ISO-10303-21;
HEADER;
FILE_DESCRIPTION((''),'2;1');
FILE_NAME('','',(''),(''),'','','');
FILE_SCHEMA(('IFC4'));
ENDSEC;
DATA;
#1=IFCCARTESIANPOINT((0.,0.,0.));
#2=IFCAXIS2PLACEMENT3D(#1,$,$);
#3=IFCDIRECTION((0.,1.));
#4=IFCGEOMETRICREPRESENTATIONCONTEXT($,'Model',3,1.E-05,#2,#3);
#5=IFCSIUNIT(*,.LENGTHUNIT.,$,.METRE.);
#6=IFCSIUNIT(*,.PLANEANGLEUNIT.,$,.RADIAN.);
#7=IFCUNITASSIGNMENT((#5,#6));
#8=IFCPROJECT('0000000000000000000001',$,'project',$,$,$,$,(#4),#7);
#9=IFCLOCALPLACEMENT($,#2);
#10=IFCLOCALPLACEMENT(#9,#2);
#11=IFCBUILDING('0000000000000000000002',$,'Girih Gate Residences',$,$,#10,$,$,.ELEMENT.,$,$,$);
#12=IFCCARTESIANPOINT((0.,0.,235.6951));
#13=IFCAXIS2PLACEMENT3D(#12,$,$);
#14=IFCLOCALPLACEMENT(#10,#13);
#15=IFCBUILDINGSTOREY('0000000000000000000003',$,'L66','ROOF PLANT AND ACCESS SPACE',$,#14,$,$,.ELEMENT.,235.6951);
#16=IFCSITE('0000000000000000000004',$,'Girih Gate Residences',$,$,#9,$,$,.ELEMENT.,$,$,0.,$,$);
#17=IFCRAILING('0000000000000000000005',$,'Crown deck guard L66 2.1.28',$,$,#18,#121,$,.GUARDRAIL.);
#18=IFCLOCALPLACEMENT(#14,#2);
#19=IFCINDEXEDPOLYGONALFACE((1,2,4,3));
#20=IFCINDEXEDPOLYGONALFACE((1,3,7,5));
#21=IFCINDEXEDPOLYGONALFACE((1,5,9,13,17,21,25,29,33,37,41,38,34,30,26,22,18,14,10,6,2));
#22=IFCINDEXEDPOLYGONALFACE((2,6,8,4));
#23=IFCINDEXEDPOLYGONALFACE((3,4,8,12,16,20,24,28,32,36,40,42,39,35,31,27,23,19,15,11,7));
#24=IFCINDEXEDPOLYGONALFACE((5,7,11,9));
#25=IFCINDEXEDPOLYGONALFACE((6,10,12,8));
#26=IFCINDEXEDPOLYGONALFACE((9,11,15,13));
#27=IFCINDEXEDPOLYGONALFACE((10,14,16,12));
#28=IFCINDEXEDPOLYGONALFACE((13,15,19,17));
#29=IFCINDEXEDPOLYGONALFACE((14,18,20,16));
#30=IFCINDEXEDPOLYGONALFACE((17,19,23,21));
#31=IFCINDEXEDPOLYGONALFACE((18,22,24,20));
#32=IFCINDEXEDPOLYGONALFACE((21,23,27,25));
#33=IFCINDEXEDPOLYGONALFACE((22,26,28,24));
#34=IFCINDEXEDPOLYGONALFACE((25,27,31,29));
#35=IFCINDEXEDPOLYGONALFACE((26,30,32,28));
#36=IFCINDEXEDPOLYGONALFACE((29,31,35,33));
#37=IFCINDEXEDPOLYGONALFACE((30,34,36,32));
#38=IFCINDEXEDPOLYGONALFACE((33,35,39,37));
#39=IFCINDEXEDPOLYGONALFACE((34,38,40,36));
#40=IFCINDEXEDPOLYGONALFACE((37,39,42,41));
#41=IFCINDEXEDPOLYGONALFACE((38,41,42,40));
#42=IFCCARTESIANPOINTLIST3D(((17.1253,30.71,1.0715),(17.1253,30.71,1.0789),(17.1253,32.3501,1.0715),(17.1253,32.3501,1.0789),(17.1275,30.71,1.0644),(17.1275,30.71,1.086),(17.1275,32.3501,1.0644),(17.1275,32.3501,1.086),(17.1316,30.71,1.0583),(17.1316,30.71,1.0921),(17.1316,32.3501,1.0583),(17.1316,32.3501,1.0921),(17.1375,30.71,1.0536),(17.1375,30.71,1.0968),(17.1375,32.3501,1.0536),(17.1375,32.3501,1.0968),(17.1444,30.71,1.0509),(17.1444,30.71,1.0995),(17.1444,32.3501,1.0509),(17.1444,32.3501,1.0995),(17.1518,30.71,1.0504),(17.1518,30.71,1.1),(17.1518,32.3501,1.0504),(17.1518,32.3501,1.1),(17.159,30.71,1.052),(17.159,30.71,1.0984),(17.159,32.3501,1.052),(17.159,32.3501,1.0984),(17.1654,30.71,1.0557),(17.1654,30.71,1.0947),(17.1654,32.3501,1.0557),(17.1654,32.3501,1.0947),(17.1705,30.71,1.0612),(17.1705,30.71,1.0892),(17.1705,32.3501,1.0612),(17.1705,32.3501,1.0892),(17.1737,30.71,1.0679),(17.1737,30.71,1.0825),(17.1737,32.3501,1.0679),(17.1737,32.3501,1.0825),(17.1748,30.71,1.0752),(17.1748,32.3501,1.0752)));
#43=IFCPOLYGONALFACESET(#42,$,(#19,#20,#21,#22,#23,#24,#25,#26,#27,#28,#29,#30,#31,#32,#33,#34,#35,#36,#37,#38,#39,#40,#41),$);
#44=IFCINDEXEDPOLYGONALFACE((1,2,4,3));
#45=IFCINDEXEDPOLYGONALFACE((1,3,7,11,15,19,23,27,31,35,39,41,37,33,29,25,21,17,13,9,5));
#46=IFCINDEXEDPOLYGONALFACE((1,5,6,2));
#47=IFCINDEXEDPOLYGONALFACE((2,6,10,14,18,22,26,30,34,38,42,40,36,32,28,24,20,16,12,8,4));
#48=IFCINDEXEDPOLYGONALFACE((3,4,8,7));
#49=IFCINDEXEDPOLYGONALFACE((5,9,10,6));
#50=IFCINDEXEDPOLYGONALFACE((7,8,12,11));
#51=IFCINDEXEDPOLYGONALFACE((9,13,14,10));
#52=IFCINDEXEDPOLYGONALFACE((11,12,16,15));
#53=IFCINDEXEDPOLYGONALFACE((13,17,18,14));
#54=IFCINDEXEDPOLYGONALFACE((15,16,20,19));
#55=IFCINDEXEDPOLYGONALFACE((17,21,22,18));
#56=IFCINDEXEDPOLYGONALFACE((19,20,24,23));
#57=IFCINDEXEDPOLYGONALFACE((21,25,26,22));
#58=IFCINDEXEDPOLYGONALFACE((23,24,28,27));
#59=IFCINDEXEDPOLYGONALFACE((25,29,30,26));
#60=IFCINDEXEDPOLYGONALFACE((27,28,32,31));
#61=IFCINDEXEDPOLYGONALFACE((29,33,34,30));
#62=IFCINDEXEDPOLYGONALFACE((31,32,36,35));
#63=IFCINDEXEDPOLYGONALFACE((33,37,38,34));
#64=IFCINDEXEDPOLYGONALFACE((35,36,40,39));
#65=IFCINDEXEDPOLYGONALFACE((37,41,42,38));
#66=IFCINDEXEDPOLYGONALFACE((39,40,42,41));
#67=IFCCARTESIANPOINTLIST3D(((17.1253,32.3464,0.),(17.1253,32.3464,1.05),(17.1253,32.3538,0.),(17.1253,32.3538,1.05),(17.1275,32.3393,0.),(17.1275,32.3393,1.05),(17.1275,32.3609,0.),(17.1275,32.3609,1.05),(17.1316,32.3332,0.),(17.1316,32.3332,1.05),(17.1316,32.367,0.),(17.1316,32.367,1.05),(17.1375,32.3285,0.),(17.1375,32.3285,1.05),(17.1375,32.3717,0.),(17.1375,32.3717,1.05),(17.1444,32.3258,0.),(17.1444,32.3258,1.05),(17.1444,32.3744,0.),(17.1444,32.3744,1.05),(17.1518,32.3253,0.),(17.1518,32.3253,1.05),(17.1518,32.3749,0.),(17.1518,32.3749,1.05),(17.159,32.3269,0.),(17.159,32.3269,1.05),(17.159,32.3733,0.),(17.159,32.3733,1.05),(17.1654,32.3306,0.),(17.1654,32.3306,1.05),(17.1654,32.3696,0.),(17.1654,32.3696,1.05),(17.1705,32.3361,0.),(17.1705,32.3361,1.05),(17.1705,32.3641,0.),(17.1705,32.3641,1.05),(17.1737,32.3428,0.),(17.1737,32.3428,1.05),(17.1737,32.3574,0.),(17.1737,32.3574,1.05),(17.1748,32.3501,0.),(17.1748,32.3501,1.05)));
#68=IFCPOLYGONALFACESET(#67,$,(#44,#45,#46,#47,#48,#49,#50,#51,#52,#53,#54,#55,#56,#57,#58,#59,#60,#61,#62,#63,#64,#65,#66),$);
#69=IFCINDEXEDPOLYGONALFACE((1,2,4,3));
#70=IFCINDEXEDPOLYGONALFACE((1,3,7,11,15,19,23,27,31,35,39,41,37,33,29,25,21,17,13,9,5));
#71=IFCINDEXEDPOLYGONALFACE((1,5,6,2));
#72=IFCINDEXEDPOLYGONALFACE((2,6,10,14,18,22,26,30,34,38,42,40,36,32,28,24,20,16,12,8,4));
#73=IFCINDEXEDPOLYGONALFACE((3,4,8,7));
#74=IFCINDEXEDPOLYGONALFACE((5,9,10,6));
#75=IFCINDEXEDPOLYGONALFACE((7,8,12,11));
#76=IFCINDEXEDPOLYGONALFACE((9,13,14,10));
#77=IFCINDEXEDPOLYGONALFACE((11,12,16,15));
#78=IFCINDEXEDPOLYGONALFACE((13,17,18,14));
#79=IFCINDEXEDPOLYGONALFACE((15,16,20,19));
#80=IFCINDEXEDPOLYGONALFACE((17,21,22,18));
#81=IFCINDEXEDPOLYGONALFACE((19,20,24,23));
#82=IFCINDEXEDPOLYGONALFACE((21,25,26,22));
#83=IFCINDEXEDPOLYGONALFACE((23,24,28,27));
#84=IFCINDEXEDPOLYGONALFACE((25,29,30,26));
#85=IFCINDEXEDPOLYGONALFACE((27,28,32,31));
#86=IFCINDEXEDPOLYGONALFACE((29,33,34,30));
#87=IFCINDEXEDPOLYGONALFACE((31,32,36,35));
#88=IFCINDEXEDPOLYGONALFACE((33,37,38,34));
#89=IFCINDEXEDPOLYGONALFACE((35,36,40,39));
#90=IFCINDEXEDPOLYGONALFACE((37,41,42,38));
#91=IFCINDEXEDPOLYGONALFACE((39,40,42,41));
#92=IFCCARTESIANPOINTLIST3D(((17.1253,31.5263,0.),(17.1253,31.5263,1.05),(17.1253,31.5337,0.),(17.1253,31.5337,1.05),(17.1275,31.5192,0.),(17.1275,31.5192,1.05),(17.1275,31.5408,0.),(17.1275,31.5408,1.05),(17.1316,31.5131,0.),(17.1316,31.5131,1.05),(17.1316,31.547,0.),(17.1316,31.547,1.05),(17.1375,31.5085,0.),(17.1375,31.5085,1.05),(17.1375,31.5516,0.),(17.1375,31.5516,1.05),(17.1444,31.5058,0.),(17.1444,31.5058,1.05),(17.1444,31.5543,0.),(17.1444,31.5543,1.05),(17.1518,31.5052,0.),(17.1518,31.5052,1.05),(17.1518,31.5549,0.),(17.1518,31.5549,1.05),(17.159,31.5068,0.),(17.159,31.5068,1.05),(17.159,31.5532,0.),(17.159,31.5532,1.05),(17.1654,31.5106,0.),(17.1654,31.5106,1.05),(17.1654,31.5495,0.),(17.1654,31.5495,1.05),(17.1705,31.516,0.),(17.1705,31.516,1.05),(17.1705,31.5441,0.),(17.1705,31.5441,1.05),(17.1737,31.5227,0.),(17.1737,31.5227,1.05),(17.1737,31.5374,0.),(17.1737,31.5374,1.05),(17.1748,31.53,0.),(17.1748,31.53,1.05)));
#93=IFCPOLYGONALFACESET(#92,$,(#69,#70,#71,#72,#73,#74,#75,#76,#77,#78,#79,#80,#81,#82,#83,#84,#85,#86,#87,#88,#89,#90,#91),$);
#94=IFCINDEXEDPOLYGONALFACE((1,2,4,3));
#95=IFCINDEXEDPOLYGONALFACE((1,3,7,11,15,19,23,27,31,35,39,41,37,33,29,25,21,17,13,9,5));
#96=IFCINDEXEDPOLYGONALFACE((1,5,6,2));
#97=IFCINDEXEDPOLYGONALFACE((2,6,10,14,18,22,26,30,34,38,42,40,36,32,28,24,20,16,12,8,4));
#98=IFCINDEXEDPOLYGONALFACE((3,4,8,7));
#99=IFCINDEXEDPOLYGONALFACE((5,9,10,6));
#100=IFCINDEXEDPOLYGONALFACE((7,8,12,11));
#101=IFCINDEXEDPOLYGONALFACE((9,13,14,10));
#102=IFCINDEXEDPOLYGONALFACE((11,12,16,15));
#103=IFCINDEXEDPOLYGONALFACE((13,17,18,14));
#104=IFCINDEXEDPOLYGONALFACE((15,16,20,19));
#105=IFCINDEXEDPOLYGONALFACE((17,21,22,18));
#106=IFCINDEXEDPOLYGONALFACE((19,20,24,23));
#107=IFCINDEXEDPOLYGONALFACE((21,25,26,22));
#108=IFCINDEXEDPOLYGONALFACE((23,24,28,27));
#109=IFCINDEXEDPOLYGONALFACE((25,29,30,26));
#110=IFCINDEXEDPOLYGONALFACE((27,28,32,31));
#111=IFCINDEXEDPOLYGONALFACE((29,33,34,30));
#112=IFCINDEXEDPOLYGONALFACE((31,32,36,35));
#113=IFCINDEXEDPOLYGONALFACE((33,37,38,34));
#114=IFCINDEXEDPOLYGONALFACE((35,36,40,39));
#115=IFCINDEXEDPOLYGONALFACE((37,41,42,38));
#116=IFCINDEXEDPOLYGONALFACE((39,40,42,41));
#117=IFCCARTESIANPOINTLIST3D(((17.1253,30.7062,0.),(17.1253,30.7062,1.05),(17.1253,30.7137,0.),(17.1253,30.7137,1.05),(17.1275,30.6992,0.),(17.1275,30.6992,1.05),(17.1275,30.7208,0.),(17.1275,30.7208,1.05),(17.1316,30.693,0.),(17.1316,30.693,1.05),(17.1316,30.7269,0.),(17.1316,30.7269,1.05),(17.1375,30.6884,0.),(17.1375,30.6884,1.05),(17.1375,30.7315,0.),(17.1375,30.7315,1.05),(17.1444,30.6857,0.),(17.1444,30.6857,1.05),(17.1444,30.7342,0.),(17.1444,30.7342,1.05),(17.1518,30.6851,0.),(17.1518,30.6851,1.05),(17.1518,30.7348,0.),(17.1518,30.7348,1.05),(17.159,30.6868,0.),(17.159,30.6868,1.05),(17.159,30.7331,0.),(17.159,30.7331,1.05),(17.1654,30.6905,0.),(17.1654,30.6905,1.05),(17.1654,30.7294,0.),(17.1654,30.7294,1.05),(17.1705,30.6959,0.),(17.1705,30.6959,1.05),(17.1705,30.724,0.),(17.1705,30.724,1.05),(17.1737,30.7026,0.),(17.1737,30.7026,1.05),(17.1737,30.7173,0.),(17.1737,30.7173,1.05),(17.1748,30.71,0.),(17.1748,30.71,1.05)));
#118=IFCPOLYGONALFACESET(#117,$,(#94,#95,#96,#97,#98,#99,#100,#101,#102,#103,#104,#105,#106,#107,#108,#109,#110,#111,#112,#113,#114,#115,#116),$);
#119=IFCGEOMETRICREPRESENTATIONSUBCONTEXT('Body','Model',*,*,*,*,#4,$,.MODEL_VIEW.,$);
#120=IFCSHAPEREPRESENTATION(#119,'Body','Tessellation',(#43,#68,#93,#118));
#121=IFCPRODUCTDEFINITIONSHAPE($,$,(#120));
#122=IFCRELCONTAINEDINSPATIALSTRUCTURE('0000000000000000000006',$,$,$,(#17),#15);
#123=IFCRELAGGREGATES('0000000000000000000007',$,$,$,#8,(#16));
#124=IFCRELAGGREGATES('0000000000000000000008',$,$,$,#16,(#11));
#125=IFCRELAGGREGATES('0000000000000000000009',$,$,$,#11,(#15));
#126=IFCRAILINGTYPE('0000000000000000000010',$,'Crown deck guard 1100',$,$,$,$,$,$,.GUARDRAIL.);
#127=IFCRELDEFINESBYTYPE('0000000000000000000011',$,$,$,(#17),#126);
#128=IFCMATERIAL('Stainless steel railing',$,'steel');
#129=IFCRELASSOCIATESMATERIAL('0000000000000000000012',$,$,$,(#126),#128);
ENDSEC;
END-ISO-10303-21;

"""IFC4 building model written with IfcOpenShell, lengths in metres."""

from ifc_helpers import new_model, si_unit, direction, frame, origin, origin_2d, place, context, subcontext, project, spatial, circle, extrude, material, type_object, element, save


model = new_model("IFC4")

# Units and contexts
model_context = context("Model", 3, precision=1e-05, world=origin(), true_north=direction((0.0, 1.0)))
body_context = subcontext(model_context, "Body", "Model", "MODEL_VIEW")
ifc_project = project(units=[si_unit("LENGTHUNIT", "METRE"), si_unit("PLANEANGLEUNIT", "RADIAN")], contexts=[model_context])

# Site, building, storey
site_placement = place(None, origin())
site = spatial("IfcSite", under=ifc_project, at=site_placement, Name="Girih Gate Residences", CompositionType="ELEMENT", RefElevation=0.0)
building_placement = place(site_placement, origin())
building = spatial("IfcBuilding", under=site, at=building_placement, Name="Girih Gate Residences", CompositionType="ELEMENT")
storey_placement = place(building_placement, frame((0.0, 0.0, 235.6951)))
storey = spatial("IfcBuildingStorey", under=building, at=storey_placement, Name="L66", Description="ROOF PLANT AND ACCESS SPACE", CompositionType="ELEMENT", Elevation=235.6951)

# Railing
ifc_material_1 = material(Name="Stainless steel railing", Category="steel")
railing_type = type_object("IfcRailingType", Name="Crown deck guard 1100", PredefinedType="GUARDRAIL", material=ifc_material_1)
railing_1_placement = place(storey_placement, frame((17.1499, 32.3501, 0.0)))
element("IfcRailing", 1, at=railing_1_placement, inside=storey, type_object=railing_type, Name="Crown deck guard L66 2.1.28", PredefinedType="GUARDRAIL", context=body_context, shape_type="SweptSolid", body=[
    extrude(circle(Radius=0.0249, at=origin_2d()), frame((0.0, 0.0, 1.0752), z_axis=(0.0, -1.0, 0.0), x_axis=(1.0, 0.0, 0.0)), (0.0, 0.0, 1.0), 1.6401),
    extrude(circle(Radius=0.0249, at=origin_2d()), origin(), (0.0, 0.0, 1.0), 1.05),
    extrude(circle(Radius=0.0249, at=origin_2d()), frame((0.0, -0.8201, 0.0)), (0.0, 0.0, 1.0), 1.05),
    extrude(circle(Radius=0.0249, at=origin_2d()), frame((0.0, -1.6401, 0.0)), (0.0, 0.0, 1.0), 1.05),
])

save(model, "model.ifc")
